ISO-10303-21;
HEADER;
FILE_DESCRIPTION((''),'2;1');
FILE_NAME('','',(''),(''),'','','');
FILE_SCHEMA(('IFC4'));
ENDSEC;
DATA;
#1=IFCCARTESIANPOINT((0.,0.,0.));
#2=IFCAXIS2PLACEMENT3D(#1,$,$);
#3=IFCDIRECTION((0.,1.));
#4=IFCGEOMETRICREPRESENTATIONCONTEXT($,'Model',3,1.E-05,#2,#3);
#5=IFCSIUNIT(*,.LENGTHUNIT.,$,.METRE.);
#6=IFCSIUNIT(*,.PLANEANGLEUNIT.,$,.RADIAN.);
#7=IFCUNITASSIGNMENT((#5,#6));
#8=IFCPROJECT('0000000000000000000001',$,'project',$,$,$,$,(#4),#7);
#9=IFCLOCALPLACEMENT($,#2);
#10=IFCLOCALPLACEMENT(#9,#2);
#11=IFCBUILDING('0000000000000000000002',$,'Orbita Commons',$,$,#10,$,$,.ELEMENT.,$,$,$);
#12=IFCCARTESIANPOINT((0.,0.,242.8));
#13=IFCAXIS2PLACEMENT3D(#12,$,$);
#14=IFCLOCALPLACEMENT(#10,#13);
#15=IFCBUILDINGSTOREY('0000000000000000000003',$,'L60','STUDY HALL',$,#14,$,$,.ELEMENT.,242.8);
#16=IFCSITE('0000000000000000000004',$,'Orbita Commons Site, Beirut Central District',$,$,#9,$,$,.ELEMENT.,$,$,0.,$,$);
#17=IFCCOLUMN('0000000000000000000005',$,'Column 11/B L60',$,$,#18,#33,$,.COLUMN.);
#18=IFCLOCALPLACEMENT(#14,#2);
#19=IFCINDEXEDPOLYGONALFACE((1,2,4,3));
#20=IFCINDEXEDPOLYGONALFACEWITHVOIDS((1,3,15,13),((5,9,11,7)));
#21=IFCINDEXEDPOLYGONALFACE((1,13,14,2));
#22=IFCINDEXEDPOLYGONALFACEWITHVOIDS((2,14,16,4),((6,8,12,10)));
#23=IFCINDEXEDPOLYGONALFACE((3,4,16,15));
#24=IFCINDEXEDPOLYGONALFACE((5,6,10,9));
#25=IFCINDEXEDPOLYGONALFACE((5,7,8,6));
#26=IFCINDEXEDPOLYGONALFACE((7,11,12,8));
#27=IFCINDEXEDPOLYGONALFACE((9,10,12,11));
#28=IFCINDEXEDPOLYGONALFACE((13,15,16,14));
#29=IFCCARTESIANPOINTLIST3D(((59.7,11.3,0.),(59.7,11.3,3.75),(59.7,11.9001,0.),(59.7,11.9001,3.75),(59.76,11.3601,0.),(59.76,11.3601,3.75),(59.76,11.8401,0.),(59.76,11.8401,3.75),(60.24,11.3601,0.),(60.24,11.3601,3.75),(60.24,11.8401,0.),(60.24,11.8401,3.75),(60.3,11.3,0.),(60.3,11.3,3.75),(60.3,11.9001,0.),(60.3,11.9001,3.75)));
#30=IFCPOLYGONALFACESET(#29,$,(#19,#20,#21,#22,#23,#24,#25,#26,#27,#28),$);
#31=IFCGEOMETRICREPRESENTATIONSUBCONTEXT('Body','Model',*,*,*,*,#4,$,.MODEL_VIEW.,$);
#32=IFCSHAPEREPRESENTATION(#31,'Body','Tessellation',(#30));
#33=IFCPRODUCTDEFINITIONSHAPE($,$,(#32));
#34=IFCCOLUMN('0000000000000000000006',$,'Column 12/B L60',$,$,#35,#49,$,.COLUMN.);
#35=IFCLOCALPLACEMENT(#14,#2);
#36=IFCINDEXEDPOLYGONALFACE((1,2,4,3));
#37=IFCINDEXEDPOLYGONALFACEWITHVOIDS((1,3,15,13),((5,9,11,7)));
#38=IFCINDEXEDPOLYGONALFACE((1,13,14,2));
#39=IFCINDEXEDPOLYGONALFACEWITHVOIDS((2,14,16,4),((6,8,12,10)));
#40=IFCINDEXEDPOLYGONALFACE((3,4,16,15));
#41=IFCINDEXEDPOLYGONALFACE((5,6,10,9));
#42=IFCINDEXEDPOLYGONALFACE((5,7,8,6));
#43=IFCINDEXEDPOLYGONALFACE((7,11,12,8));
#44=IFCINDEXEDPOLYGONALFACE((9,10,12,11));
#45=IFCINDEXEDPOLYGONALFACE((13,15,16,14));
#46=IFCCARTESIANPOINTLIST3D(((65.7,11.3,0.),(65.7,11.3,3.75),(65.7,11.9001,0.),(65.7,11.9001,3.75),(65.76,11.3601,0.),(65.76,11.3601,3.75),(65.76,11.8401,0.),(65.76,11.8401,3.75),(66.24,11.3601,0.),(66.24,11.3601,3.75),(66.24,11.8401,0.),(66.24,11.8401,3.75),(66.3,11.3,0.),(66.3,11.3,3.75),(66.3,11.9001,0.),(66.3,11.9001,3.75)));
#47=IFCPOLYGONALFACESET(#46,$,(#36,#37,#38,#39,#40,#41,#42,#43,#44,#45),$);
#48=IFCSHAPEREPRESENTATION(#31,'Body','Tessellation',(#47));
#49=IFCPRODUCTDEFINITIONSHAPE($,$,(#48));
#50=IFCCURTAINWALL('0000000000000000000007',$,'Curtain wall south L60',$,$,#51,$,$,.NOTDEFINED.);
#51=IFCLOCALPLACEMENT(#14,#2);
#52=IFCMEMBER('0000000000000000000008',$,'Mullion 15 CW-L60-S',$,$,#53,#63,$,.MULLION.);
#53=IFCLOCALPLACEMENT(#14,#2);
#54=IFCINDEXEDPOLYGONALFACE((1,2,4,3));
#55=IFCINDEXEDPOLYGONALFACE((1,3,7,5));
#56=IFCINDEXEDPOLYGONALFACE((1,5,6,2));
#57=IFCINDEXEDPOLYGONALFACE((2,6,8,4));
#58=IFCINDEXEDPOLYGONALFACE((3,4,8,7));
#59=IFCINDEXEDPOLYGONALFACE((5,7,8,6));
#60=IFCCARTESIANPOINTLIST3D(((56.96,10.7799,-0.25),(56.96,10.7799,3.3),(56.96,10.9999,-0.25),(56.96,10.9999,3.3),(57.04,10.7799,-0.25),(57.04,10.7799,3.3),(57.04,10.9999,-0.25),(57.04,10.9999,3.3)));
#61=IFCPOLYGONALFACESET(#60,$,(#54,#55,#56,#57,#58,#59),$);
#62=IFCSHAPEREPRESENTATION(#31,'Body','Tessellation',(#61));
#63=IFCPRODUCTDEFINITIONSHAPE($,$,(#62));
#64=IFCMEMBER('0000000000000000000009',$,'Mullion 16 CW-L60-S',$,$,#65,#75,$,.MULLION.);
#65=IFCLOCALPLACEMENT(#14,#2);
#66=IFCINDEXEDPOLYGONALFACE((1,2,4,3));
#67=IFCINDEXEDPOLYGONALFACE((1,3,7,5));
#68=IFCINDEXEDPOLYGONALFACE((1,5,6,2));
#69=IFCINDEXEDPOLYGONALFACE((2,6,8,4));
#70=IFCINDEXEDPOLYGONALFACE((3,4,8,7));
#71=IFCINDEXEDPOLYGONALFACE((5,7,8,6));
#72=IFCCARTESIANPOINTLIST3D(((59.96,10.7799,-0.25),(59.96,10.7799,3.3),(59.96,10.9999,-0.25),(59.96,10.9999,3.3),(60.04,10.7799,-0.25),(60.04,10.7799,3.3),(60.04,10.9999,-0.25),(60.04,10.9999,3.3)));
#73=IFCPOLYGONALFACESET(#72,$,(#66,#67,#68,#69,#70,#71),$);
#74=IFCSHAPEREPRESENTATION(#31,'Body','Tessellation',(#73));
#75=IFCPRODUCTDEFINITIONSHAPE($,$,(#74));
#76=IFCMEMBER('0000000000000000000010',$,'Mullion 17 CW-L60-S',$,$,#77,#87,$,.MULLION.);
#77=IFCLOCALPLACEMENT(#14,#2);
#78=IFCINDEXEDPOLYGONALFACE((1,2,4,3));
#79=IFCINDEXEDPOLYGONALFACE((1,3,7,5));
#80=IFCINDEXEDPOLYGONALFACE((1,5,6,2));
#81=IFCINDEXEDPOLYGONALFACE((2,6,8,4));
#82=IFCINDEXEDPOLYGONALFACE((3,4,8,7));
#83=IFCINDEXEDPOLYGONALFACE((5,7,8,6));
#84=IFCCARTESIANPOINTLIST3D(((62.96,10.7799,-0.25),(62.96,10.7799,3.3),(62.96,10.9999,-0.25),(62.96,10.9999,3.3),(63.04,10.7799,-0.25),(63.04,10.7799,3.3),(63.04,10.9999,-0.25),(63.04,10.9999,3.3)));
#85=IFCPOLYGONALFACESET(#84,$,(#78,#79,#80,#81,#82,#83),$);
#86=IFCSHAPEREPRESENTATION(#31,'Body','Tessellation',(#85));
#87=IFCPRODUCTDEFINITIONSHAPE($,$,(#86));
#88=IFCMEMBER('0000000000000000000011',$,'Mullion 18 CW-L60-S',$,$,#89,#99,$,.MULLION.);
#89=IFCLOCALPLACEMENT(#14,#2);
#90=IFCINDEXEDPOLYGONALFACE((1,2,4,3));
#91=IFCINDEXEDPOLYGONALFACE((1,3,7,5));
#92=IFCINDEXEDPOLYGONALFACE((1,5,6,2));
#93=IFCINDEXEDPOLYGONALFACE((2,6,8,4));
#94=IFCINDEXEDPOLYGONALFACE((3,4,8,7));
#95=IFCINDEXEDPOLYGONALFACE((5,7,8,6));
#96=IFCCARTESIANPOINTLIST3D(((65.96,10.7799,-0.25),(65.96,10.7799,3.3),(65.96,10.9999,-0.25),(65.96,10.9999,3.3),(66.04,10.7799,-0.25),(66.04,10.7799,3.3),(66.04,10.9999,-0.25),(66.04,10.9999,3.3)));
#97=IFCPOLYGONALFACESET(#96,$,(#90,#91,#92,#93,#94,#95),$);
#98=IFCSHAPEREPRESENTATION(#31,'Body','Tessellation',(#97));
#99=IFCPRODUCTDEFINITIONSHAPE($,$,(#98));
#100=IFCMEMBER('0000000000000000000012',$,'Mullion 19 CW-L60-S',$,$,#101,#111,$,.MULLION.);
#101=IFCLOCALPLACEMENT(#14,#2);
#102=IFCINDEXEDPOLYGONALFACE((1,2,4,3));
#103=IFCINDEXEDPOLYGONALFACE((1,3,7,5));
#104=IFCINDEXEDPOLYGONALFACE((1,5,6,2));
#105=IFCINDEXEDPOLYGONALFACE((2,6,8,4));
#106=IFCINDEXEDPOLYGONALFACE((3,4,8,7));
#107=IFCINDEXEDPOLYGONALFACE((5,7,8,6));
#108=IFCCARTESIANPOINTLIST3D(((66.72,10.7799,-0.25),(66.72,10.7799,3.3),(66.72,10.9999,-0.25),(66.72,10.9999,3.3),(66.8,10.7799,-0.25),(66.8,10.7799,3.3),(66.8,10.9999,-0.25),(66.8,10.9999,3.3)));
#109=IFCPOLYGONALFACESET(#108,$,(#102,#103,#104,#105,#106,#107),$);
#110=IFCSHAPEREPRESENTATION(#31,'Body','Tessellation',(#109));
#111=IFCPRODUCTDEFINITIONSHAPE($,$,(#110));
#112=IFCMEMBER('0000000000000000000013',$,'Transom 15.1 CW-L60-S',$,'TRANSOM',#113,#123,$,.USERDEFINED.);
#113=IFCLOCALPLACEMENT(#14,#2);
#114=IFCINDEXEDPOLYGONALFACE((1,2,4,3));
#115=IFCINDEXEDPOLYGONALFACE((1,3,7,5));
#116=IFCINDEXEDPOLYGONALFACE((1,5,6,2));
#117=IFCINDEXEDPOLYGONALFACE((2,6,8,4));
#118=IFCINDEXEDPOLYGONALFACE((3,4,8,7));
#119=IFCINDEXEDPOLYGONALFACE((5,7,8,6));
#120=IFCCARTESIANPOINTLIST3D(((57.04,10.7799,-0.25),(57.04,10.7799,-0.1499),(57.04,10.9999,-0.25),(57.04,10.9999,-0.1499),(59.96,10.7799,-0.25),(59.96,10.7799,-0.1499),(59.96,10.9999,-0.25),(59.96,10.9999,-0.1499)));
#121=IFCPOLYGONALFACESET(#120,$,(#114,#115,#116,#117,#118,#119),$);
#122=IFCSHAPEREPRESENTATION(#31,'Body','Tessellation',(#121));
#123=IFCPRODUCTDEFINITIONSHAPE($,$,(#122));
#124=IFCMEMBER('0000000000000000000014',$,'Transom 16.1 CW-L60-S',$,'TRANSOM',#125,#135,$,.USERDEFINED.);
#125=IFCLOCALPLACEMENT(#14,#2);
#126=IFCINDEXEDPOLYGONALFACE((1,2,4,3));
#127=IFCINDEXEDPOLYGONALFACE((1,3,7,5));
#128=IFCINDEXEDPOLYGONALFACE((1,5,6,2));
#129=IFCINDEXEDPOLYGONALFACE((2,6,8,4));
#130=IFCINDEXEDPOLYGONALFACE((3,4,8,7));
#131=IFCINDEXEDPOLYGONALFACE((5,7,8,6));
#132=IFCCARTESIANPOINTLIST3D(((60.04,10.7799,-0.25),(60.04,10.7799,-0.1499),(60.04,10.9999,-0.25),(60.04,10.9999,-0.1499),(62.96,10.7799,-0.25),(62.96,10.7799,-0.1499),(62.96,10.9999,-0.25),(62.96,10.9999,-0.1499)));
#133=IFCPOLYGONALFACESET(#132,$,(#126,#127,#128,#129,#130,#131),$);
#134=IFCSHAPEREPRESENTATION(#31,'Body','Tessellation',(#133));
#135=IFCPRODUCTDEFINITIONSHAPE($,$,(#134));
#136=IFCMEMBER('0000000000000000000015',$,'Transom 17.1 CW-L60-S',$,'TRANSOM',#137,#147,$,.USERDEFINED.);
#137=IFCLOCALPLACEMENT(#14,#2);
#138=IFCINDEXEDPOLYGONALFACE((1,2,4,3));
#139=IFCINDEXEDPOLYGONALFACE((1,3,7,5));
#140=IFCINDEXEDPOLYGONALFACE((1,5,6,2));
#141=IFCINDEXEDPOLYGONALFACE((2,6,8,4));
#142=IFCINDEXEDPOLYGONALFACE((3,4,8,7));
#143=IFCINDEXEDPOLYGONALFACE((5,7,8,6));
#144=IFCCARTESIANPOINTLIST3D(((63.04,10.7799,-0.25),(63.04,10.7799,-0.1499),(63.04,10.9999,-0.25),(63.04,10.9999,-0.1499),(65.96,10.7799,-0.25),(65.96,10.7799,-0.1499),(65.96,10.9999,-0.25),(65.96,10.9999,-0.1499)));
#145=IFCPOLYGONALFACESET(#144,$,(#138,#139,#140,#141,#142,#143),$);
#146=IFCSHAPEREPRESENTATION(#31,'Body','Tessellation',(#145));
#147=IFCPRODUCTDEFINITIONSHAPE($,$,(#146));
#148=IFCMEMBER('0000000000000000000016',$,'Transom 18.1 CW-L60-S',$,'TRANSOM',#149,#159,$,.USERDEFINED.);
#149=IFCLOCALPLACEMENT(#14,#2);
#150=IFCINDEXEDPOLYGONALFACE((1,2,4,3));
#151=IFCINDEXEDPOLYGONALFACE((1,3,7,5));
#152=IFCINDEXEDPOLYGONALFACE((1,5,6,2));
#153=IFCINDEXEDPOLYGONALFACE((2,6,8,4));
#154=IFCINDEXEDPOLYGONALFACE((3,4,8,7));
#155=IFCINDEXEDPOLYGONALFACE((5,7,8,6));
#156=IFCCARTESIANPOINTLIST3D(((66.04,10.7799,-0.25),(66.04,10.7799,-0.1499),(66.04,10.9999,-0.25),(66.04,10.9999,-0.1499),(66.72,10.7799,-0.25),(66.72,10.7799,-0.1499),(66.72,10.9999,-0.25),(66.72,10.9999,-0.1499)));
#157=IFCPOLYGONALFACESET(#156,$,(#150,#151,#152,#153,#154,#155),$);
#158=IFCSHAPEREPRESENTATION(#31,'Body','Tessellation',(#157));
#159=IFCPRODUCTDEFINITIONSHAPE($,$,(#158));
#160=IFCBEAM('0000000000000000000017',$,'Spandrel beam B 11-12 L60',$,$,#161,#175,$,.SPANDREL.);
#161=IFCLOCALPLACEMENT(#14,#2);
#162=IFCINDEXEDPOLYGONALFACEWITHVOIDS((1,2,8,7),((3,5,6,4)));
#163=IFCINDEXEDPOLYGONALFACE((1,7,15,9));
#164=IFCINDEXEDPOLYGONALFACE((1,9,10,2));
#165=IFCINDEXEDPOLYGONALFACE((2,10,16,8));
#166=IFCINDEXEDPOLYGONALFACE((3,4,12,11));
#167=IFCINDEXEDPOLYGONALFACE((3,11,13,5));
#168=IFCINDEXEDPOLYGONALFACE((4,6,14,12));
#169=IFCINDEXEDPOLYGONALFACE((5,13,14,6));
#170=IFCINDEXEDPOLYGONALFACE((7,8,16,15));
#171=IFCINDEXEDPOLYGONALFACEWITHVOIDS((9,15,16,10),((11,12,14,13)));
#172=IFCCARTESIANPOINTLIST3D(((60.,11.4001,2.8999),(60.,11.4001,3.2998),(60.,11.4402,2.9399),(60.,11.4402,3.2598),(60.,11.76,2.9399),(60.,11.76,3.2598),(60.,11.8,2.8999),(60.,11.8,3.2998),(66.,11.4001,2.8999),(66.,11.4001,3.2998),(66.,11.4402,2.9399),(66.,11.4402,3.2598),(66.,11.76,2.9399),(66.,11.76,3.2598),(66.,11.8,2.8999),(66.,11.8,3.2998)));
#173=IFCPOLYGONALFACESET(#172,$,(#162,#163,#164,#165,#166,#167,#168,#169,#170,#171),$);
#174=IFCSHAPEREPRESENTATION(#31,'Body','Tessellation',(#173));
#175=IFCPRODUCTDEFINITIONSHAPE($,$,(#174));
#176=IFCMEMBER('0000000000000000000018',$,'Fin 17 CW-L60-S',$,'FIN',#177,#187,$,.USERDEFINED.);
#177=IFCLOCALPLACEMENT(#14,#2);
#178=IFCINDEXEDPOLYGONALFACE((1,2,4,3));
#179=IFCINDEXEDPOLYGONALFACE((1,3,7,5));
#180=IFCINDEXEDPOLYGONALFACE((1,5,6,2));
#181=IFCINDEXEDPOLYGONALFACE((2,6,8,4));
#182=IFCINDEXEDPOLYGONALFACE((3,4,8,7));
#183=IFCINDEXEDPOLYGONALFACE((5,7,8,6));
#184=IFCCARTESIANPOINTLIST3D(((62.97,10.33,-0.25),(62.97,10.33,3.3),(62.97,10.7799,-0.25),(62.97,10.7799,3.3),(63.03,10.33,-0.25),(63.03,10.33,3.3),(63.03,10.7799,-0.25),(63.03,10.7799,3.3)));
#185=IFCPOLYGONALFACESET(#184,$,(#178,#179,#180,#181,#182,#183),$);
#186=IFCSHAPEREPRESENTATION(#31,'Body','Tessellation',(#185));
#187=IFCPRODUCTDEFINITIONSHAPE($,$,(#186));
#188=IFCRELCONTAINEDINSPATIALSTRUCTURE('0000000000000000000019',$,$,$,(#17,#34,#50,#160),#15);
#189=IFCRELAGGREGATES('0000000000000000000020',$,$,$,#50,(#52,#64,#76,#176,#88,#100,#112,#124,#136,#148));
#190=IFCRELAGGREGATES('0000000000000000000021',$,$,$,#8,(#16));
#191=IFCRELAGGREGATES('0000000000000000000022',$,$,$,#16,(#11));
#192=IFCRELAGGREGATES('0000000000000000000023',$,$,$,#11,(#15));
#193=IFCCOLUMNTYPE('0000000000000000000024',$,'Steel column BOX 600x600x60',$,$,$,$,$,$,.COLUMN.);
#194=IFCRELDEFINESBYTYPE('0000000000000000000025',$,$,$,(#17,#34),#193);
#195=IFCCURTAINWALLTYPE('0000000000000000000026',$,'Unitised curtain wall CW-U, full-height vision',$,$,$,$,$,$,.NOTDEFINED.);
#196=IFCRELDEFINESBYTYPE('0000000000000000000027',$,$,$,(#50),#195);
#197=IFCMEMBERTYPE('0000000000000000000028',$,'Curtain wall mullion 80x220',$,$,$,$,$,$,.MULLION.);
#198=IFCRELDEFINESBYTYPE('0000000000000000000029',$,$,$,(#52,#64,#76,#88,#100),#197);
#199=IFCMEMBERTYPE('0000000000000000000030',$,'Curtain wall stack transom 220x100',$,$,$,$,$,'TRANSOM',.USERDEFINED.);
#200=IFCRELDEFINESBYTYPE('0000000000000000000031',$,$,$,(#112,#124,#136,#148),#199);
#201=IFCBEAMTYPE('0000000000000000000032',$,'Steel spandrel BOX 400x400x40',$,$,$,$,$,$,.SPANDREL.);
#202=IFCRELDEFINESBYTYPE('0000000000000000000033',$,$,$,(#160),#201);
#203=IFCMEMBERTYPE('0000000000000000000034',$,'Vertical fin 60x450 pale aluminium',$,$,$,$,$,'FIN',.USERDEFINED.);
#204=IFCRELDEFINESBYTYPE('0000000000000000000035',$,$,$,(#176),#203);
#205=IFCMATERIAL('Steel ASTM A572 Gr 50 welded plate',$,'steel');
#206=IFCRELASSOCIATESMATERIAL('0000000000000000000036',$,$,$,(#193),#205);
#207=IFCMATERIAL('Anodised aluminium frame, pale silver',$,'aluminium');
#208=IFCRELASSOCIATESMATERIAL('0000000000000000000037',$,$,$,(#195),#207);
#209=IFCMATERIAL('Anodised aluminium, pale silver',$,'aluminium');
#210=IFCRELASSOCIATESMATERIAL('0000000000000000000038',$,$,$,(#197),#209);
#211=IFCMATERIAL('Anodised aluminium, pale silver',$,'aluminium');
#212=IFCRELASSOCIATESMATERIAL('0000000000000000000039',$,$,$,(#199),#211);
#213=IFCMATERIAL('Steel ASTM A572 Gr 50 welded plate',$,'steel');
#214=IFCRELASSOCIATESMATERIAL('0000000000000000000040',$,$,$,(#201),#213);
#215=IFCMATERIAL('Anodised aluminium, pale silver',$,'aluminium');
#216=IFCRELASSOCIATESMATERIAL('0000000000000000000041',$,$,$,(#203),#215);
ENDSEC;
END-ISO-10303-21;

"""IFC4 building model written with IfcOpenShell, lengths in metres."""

from ifc_helpers import new_model, si_unit, direction, frame, origin, origin_2d, place, context, subcontext, project, spatial, rectangle, hollow_rectangle, extrude, material, material_profile, profile_set, type_object, element, aggregate, save


model = new_model("IFC4")

# Units and contexts
model_context = context("Model", 3, precision=1e-05, world=origin(), true_north=direction((0.0, 1.0)))
body_context = subcontext(model_context, "Body", "Model", "MODEL_VIEW")
ifc_project = project(units=[si_unit("LENGTHUNIT", "METRE"), si_unit("PLANEANGLEUNIT", "RADIAN")], contexts=[model_context])

# Site, building, storey
site_placement = place(None, origin())
site = spatial("IfcSite", under=ifc_project, at=site_placement, Name="Orbita Commons Site, Beirut Central District", CompositionType="ELEMENT", RefElevation=0.0)
building_placement = place(site_placement, origin())
building = spatial("IfcBuilding", under=site, at=building_placement, Name="Orbita Commons", CompositionType="ELEMENT")
storey_placement = place(building_placement, frame((0.0, 0.0, 242.8)))
storey = spatial("IfcBuildingStorey", under=building, at=storey_placement, Name="L60", Description="STUDY HALL", CompositionType="ELEMENT", Elevation=242.8)

# Columns
ifc_material_1 = material(Name="Steel ASTM A572 Gr 50 welded plate", Category="steel")
ifc_material_profile_1 = material_profile(ifc_material_1, hollow_rectangle(XDim=0.6001, YDim=0.6001, WallThickness=0.0601, at=origin_2d()), Name="BOX 600x600x60")
ifc_profile_set_1 = profile_set([ifc_material_profile_1], Name="Steel ASTM A572 Gr 50 welded plate")
column_type = type_object("IfcColumnType", Name="Steel column BOX 600x600x60", PredefinedType="COLUMN", material=ifc_profile_set_1)
for number, where, z_axis, x_axis, name in (
    (1, (60.0, 11.6001, 0.0), (0.0, 0.0, 1.0), (1.0, 0.0, 0.0), "Column 11/B L60"),
    (2, (66.0, 11.6001, 0.0), (0.0, 0.0, 1.0), (1.0, 0.0, 0.0), "Column 12/B L60"),
):
    element("IfcColumn", number, at=place(storey_placement, frame(where, z_axis=z_axis, x_axis=x_axis)), inside=storey, type_object=column_type, Name=name, PredefinedType="COLUMN", context=body_context, shape_type="SweptSolid", body=[
        extrude(hollow_rectangle(XDim=0.6001, YDim=0.6001, WallThickness=0.0601, at=origin_2d()), origin(), (0.0, 0.0, 1.0), 3.75),
    ])

# Curtain wall, members
ifc_material_2 = material(Name="Anodised aluminium frame, pale silver", Category="aluminium")
curtain_wall_type = type_object("IfcCurtainWallType", Name="Unitised curtain wall CW-U, full-height vision", PredefinedType="NOTDEFINED", material=ifc_material_2)
curtain_wall_placement = place(storey_placement, origin())
curtain_wall = element("IfcCurtainWall", 3, at=curtain_wall_placement, inside=storey, type_object=curtain_wall_type, Name="Curtain wall south L60", PredefinedType="NOTDEFINED")
ifc_material_3 = material(Name="Anodised aluminium, pale silver", Category="aluminium")
ifc_material_profile_2 = material_profile(ifc_material_3, rectangle(XDim=0.0801, YDim=0.22, at=origin_2d()), Name="AL 80x220")
ifc_profile_set_2 = profile_set([ifc_material_profile_2], Name="Anodised aluminium, pale silver")
member_type_1 = type_object("IfcMemberType", Name="Curtain wall mullion 80x220", PredefinedType="MULLION", material=ifc_profile_set_2)
member_1_placement = place(storey_placement, frame((57.0, 10.8899, -0.25), z_axis=(0.0, 0.0, 1.0), x_axis=(1.0, 0.0, 0.0)))
member_1 = element("IfcMember", 4, at=member_1_placement, type_object=member_type_1, Name="Mullion 15 CW-L60-S", PredefinedType="MULLION", context=body_context, shape_type="SweptSolid", body=[
    extrude(rectangle(XDim=0.0801, YDim=0.22, at=origin_2d()), origin(), (0.0, 0.0, 1.0), 3.55),
])
member_2_placement = place(storey_placement, frame((60.0, 10.8899, -0.25), z_axis=(0.0, 0.0, 1.0), x_axis=(1.0, 0.0, 0.0)))
member_2 = element("IfcMember", 5, at=member_2_placement, type_object=member_type_1, Name="Mullion 16 CW-L60-S", PredefinedType="MULLION", context=body_context, shape_type="SweptSolid", body=[
    extrude(rectangle(XDim=0.0801, YDim=0.22, at=origin_2d()), origin(), (0.0, 0.0, 1.0), 3.55),
])
member_3_placement = place(storey_placement, frame((63.0, 10.8899, -0.25), z_axis=(0.0, 0.0, 1.0), x_axis=(1.0, 0.0, 0.0)))
member_3 = element("IfcMember", 6, at=member_3_placement, type_object=member_type_1, Name="Mullion 17 CW-L60-S", PredefinedType="MULLION", context=body_context, shape_type="SweptSolid", body=[
    extrude(rectangle(XDim=0.0801, YDim=0.22, at=origin_2d()), origin(), (0.0, 0.0, 1.0), 3.55),
])
member_4_placement = place(storey_placement, frame((66.0, 10.8899, -0.25), z_axis=(0.0, 0.0, 1.0), x_axis=(1.0, 0.0, 0.0)))
member_4 = element("IfcMember", 7, at=member_4_placement, type_object=member_type_1, Name="Mullion 18 CW-L60-S", PredefinedType="MULLION", context=body_context, shape_type="SweptSolid", body=[
    extrude(rectangle(XDim=0.0801, YDim=0.22, at=origin_2d()), origin(), (0.0, 0.0, 1.0), 3.55),
])
member_5_placement = place(storey_placement, frame((66.76, 10.8899, -0.25), z_axis=(0.0, 0.0, 1.0), x_axis=(1.0, 0.0, 0.0)))
member_5 = element("IfcMember", 8, at=member_5_placement, type_object=member_type_1, Name="Mullion 19 CW-L60-S", PredefinedType="MULLION", context=body_context, shape_type="SweptSolid", body=[
    extrude(rectangle(XDim=0.0801, YDim=0.22, at=origin_2d()), origin(), (0.0, 0.0, 1.0), 3.55),
])
ifc_material_4 = material(Name="Anodised aluminium, pale silver", Category="aluminium")
ifc_material_profile_3 = material_profile(ifc_material_4, rectangle(XDim=0.22, YDim=0.1001, at=origin_2d()), Name="AL 220x100")
ifc_profile_set_3 = profile_set([ifc_material_profile_3], Name="Anodised aluminium, pale silver")
member_type_2 = type_object("IfcMemberType", Name="Curtain wall stack transom 220x100", ElementType="TRANSOM", PredefinedType="USERDEFINED", material=ifc_profile_set_3)
member_6_placement = place(storey_placement, frame((57.04, 10.8899, -0.2), z_axis=(1.0, 0.0, 0.0), x_axis=(0.0, 1.0, 0.0)))
member_6 = element("IfcMember", 9, at=member_6_placement, type_object=member_type_2, Name="Transom 15.1 CW-L60-S", ObjectType="TRANSOM", PredefinedType="USERDEFINED", context=body_context, shape_type="SweptSolid", body=[
    extrude(rectangle(XDim=0.22, YDim=0.1001, at=origin_2d()), origin(), (0.0, 0.0, 1.0), 2.9199),
])
member_7_placement = place(storey_placement, frame((60.04, 10.8899, -0.2), z_axis=(1.0, 0.0, 0.0), x_axis=(0.0, 1.0, 0.0)))
member_7 = element("IfcMember", 10, at=member_7_placement, type_object=member_type_2, Name="Transom 16.1 CW-L60-S", ObjectType="TRANSOM", PredefinedType="USERDEFINED", context=body_context, shape_type="SweptSolid", body=[
    extrude(rectangle(XDim=0.22, YDim=0.1001, at=origin_2d()), origin(), (0.0, 0.0, 1.0), 2.9199),
])
member_8_placement = place(storey_placement, frame((63.04, 10.8899, -0.2), z_axis=(1.0, 0.0, 0.0), x_axis=(0.0, 1.0, 0.0)))
member_8 = element("IfcMember", 11, at=member_8_placement, type_object=member_type_2, Name="Transom 17.1 CW-L60-S", ObjectType="TRANSOM", PredefinedType="USERDEFINED", context=body_context, shape_type="SweptSolid", body=[
    extrude(rectangle(XDim=0.22, YDim=0.1001, at=origin_2d()), origin(), (0.0, 0.0, 1.0), 2.9199),
])
member_9_placement = place(storey_placement, frame((66.04, 10.8899, -0.2), z_axis=(1.0, 0.0, 0.0), x_axis=(0.0, 1.0, 0.0)))
member_9 = element("IfcMember", 12, at=member_9_placement, type_object=member_type_2, Name="Transom 18.1 CW-L60-S", ObjectType="TRANSOM", PredefinedType="USERDEFINED", context=body_context, shape_type="SweptSolid", body=[
    extrude(rectangle(XDim=0.22, YDim=0.1001, at=origin_2d()), origin(), (0.0, 0.0, 1.0), 0.6799),
])

# Beam
ifc_material_5 = material(Name="Steel ASTM A572 Gr 50 welded plate", Category="steel")
ifc_material_profile_4 = material_profile(ifc_material_5, hollow_rectangle(XDim=0.3999, YDim=0.3999, WallThickness=0.04, at=origin_2d()), Name="BOX 400x400x40")
ifc_profile_set_4 = profile_set([ifc_material_profile_4], Name="Steel ASTM A572 Gr 50 welded plate")
beam_type = type_object("IfcBeamType", Name="Steel spandrel BOX 400x400x40", PredefinedType="SPANDREL", material=ifc_profile_set_4)
beam_placement = place(storey_placement, frame((60.0, 11.6001, 3.0999), z_axis=(1.0, 0.0, 0.0), x_axis=(0.0, 1.0, 0.0)))
element("IfcBeam", 13, at=beam_placement, inside=storey, type_object=beam_type, Name="Spandrel beam B 11-12 L60", PredefinedType="SPANDREL", context=body_context, shape_type="SweptSolid", body=[
    extrude(hollow_rectangle(XDim=0.3999, YDim=0.3999, WallThickness=0.04, at=origin_2d()), origin(), (0.0, 0.0, 1.0), 6.0),
])

# Member
ifc_material_6 = material(Name="Anodised aluminium, pale silver", Category="aluminium")
ifc_material_profile_5 = material_profile(ifc_material_6, rectangle(XDim=0.0601, YDim=0.45, at=origin_2d()), Name="FIN 60x450")
ifc_profile_set_5 = profile_set([ifc_material_profile_5], Name="Anodised aluminium, pale silver")
member_type_3 = type_object("IfcMemberType", Name="Vertical fin 60x450 pale aluminium", ElementType="FIN", PredefinedType="USERDEFINED", material=ifc_profile_set_5)
member_10_placement = place(storey_placement, frame((63.0, 10.5549, -0.25), z_axis=(0.0, 0.0, 1.0), x_axis=(1.0, 0.0, 0.0)))
member_10 = element("IfcMember", 14, at=member_10_placement, type_object=member_type_3, Name="Fin 17 CW-L60-S", ObjectType="FIN", PredefinedType="USERDEFINED", context=body_context, shape_type="SweptSolid", body=[
    extrude(rectangle(XDim=0.0601, YDim=0.45, at=origin_2d()), origin(), (0.0, 0.0, 1.0), 3.55),
])

aggregate(curtain_wall, [member_1, member_2, member_3, member_10, member_4, member_5, member_6, member_7, member_8, member_9])

save(model, "model.ifc")
